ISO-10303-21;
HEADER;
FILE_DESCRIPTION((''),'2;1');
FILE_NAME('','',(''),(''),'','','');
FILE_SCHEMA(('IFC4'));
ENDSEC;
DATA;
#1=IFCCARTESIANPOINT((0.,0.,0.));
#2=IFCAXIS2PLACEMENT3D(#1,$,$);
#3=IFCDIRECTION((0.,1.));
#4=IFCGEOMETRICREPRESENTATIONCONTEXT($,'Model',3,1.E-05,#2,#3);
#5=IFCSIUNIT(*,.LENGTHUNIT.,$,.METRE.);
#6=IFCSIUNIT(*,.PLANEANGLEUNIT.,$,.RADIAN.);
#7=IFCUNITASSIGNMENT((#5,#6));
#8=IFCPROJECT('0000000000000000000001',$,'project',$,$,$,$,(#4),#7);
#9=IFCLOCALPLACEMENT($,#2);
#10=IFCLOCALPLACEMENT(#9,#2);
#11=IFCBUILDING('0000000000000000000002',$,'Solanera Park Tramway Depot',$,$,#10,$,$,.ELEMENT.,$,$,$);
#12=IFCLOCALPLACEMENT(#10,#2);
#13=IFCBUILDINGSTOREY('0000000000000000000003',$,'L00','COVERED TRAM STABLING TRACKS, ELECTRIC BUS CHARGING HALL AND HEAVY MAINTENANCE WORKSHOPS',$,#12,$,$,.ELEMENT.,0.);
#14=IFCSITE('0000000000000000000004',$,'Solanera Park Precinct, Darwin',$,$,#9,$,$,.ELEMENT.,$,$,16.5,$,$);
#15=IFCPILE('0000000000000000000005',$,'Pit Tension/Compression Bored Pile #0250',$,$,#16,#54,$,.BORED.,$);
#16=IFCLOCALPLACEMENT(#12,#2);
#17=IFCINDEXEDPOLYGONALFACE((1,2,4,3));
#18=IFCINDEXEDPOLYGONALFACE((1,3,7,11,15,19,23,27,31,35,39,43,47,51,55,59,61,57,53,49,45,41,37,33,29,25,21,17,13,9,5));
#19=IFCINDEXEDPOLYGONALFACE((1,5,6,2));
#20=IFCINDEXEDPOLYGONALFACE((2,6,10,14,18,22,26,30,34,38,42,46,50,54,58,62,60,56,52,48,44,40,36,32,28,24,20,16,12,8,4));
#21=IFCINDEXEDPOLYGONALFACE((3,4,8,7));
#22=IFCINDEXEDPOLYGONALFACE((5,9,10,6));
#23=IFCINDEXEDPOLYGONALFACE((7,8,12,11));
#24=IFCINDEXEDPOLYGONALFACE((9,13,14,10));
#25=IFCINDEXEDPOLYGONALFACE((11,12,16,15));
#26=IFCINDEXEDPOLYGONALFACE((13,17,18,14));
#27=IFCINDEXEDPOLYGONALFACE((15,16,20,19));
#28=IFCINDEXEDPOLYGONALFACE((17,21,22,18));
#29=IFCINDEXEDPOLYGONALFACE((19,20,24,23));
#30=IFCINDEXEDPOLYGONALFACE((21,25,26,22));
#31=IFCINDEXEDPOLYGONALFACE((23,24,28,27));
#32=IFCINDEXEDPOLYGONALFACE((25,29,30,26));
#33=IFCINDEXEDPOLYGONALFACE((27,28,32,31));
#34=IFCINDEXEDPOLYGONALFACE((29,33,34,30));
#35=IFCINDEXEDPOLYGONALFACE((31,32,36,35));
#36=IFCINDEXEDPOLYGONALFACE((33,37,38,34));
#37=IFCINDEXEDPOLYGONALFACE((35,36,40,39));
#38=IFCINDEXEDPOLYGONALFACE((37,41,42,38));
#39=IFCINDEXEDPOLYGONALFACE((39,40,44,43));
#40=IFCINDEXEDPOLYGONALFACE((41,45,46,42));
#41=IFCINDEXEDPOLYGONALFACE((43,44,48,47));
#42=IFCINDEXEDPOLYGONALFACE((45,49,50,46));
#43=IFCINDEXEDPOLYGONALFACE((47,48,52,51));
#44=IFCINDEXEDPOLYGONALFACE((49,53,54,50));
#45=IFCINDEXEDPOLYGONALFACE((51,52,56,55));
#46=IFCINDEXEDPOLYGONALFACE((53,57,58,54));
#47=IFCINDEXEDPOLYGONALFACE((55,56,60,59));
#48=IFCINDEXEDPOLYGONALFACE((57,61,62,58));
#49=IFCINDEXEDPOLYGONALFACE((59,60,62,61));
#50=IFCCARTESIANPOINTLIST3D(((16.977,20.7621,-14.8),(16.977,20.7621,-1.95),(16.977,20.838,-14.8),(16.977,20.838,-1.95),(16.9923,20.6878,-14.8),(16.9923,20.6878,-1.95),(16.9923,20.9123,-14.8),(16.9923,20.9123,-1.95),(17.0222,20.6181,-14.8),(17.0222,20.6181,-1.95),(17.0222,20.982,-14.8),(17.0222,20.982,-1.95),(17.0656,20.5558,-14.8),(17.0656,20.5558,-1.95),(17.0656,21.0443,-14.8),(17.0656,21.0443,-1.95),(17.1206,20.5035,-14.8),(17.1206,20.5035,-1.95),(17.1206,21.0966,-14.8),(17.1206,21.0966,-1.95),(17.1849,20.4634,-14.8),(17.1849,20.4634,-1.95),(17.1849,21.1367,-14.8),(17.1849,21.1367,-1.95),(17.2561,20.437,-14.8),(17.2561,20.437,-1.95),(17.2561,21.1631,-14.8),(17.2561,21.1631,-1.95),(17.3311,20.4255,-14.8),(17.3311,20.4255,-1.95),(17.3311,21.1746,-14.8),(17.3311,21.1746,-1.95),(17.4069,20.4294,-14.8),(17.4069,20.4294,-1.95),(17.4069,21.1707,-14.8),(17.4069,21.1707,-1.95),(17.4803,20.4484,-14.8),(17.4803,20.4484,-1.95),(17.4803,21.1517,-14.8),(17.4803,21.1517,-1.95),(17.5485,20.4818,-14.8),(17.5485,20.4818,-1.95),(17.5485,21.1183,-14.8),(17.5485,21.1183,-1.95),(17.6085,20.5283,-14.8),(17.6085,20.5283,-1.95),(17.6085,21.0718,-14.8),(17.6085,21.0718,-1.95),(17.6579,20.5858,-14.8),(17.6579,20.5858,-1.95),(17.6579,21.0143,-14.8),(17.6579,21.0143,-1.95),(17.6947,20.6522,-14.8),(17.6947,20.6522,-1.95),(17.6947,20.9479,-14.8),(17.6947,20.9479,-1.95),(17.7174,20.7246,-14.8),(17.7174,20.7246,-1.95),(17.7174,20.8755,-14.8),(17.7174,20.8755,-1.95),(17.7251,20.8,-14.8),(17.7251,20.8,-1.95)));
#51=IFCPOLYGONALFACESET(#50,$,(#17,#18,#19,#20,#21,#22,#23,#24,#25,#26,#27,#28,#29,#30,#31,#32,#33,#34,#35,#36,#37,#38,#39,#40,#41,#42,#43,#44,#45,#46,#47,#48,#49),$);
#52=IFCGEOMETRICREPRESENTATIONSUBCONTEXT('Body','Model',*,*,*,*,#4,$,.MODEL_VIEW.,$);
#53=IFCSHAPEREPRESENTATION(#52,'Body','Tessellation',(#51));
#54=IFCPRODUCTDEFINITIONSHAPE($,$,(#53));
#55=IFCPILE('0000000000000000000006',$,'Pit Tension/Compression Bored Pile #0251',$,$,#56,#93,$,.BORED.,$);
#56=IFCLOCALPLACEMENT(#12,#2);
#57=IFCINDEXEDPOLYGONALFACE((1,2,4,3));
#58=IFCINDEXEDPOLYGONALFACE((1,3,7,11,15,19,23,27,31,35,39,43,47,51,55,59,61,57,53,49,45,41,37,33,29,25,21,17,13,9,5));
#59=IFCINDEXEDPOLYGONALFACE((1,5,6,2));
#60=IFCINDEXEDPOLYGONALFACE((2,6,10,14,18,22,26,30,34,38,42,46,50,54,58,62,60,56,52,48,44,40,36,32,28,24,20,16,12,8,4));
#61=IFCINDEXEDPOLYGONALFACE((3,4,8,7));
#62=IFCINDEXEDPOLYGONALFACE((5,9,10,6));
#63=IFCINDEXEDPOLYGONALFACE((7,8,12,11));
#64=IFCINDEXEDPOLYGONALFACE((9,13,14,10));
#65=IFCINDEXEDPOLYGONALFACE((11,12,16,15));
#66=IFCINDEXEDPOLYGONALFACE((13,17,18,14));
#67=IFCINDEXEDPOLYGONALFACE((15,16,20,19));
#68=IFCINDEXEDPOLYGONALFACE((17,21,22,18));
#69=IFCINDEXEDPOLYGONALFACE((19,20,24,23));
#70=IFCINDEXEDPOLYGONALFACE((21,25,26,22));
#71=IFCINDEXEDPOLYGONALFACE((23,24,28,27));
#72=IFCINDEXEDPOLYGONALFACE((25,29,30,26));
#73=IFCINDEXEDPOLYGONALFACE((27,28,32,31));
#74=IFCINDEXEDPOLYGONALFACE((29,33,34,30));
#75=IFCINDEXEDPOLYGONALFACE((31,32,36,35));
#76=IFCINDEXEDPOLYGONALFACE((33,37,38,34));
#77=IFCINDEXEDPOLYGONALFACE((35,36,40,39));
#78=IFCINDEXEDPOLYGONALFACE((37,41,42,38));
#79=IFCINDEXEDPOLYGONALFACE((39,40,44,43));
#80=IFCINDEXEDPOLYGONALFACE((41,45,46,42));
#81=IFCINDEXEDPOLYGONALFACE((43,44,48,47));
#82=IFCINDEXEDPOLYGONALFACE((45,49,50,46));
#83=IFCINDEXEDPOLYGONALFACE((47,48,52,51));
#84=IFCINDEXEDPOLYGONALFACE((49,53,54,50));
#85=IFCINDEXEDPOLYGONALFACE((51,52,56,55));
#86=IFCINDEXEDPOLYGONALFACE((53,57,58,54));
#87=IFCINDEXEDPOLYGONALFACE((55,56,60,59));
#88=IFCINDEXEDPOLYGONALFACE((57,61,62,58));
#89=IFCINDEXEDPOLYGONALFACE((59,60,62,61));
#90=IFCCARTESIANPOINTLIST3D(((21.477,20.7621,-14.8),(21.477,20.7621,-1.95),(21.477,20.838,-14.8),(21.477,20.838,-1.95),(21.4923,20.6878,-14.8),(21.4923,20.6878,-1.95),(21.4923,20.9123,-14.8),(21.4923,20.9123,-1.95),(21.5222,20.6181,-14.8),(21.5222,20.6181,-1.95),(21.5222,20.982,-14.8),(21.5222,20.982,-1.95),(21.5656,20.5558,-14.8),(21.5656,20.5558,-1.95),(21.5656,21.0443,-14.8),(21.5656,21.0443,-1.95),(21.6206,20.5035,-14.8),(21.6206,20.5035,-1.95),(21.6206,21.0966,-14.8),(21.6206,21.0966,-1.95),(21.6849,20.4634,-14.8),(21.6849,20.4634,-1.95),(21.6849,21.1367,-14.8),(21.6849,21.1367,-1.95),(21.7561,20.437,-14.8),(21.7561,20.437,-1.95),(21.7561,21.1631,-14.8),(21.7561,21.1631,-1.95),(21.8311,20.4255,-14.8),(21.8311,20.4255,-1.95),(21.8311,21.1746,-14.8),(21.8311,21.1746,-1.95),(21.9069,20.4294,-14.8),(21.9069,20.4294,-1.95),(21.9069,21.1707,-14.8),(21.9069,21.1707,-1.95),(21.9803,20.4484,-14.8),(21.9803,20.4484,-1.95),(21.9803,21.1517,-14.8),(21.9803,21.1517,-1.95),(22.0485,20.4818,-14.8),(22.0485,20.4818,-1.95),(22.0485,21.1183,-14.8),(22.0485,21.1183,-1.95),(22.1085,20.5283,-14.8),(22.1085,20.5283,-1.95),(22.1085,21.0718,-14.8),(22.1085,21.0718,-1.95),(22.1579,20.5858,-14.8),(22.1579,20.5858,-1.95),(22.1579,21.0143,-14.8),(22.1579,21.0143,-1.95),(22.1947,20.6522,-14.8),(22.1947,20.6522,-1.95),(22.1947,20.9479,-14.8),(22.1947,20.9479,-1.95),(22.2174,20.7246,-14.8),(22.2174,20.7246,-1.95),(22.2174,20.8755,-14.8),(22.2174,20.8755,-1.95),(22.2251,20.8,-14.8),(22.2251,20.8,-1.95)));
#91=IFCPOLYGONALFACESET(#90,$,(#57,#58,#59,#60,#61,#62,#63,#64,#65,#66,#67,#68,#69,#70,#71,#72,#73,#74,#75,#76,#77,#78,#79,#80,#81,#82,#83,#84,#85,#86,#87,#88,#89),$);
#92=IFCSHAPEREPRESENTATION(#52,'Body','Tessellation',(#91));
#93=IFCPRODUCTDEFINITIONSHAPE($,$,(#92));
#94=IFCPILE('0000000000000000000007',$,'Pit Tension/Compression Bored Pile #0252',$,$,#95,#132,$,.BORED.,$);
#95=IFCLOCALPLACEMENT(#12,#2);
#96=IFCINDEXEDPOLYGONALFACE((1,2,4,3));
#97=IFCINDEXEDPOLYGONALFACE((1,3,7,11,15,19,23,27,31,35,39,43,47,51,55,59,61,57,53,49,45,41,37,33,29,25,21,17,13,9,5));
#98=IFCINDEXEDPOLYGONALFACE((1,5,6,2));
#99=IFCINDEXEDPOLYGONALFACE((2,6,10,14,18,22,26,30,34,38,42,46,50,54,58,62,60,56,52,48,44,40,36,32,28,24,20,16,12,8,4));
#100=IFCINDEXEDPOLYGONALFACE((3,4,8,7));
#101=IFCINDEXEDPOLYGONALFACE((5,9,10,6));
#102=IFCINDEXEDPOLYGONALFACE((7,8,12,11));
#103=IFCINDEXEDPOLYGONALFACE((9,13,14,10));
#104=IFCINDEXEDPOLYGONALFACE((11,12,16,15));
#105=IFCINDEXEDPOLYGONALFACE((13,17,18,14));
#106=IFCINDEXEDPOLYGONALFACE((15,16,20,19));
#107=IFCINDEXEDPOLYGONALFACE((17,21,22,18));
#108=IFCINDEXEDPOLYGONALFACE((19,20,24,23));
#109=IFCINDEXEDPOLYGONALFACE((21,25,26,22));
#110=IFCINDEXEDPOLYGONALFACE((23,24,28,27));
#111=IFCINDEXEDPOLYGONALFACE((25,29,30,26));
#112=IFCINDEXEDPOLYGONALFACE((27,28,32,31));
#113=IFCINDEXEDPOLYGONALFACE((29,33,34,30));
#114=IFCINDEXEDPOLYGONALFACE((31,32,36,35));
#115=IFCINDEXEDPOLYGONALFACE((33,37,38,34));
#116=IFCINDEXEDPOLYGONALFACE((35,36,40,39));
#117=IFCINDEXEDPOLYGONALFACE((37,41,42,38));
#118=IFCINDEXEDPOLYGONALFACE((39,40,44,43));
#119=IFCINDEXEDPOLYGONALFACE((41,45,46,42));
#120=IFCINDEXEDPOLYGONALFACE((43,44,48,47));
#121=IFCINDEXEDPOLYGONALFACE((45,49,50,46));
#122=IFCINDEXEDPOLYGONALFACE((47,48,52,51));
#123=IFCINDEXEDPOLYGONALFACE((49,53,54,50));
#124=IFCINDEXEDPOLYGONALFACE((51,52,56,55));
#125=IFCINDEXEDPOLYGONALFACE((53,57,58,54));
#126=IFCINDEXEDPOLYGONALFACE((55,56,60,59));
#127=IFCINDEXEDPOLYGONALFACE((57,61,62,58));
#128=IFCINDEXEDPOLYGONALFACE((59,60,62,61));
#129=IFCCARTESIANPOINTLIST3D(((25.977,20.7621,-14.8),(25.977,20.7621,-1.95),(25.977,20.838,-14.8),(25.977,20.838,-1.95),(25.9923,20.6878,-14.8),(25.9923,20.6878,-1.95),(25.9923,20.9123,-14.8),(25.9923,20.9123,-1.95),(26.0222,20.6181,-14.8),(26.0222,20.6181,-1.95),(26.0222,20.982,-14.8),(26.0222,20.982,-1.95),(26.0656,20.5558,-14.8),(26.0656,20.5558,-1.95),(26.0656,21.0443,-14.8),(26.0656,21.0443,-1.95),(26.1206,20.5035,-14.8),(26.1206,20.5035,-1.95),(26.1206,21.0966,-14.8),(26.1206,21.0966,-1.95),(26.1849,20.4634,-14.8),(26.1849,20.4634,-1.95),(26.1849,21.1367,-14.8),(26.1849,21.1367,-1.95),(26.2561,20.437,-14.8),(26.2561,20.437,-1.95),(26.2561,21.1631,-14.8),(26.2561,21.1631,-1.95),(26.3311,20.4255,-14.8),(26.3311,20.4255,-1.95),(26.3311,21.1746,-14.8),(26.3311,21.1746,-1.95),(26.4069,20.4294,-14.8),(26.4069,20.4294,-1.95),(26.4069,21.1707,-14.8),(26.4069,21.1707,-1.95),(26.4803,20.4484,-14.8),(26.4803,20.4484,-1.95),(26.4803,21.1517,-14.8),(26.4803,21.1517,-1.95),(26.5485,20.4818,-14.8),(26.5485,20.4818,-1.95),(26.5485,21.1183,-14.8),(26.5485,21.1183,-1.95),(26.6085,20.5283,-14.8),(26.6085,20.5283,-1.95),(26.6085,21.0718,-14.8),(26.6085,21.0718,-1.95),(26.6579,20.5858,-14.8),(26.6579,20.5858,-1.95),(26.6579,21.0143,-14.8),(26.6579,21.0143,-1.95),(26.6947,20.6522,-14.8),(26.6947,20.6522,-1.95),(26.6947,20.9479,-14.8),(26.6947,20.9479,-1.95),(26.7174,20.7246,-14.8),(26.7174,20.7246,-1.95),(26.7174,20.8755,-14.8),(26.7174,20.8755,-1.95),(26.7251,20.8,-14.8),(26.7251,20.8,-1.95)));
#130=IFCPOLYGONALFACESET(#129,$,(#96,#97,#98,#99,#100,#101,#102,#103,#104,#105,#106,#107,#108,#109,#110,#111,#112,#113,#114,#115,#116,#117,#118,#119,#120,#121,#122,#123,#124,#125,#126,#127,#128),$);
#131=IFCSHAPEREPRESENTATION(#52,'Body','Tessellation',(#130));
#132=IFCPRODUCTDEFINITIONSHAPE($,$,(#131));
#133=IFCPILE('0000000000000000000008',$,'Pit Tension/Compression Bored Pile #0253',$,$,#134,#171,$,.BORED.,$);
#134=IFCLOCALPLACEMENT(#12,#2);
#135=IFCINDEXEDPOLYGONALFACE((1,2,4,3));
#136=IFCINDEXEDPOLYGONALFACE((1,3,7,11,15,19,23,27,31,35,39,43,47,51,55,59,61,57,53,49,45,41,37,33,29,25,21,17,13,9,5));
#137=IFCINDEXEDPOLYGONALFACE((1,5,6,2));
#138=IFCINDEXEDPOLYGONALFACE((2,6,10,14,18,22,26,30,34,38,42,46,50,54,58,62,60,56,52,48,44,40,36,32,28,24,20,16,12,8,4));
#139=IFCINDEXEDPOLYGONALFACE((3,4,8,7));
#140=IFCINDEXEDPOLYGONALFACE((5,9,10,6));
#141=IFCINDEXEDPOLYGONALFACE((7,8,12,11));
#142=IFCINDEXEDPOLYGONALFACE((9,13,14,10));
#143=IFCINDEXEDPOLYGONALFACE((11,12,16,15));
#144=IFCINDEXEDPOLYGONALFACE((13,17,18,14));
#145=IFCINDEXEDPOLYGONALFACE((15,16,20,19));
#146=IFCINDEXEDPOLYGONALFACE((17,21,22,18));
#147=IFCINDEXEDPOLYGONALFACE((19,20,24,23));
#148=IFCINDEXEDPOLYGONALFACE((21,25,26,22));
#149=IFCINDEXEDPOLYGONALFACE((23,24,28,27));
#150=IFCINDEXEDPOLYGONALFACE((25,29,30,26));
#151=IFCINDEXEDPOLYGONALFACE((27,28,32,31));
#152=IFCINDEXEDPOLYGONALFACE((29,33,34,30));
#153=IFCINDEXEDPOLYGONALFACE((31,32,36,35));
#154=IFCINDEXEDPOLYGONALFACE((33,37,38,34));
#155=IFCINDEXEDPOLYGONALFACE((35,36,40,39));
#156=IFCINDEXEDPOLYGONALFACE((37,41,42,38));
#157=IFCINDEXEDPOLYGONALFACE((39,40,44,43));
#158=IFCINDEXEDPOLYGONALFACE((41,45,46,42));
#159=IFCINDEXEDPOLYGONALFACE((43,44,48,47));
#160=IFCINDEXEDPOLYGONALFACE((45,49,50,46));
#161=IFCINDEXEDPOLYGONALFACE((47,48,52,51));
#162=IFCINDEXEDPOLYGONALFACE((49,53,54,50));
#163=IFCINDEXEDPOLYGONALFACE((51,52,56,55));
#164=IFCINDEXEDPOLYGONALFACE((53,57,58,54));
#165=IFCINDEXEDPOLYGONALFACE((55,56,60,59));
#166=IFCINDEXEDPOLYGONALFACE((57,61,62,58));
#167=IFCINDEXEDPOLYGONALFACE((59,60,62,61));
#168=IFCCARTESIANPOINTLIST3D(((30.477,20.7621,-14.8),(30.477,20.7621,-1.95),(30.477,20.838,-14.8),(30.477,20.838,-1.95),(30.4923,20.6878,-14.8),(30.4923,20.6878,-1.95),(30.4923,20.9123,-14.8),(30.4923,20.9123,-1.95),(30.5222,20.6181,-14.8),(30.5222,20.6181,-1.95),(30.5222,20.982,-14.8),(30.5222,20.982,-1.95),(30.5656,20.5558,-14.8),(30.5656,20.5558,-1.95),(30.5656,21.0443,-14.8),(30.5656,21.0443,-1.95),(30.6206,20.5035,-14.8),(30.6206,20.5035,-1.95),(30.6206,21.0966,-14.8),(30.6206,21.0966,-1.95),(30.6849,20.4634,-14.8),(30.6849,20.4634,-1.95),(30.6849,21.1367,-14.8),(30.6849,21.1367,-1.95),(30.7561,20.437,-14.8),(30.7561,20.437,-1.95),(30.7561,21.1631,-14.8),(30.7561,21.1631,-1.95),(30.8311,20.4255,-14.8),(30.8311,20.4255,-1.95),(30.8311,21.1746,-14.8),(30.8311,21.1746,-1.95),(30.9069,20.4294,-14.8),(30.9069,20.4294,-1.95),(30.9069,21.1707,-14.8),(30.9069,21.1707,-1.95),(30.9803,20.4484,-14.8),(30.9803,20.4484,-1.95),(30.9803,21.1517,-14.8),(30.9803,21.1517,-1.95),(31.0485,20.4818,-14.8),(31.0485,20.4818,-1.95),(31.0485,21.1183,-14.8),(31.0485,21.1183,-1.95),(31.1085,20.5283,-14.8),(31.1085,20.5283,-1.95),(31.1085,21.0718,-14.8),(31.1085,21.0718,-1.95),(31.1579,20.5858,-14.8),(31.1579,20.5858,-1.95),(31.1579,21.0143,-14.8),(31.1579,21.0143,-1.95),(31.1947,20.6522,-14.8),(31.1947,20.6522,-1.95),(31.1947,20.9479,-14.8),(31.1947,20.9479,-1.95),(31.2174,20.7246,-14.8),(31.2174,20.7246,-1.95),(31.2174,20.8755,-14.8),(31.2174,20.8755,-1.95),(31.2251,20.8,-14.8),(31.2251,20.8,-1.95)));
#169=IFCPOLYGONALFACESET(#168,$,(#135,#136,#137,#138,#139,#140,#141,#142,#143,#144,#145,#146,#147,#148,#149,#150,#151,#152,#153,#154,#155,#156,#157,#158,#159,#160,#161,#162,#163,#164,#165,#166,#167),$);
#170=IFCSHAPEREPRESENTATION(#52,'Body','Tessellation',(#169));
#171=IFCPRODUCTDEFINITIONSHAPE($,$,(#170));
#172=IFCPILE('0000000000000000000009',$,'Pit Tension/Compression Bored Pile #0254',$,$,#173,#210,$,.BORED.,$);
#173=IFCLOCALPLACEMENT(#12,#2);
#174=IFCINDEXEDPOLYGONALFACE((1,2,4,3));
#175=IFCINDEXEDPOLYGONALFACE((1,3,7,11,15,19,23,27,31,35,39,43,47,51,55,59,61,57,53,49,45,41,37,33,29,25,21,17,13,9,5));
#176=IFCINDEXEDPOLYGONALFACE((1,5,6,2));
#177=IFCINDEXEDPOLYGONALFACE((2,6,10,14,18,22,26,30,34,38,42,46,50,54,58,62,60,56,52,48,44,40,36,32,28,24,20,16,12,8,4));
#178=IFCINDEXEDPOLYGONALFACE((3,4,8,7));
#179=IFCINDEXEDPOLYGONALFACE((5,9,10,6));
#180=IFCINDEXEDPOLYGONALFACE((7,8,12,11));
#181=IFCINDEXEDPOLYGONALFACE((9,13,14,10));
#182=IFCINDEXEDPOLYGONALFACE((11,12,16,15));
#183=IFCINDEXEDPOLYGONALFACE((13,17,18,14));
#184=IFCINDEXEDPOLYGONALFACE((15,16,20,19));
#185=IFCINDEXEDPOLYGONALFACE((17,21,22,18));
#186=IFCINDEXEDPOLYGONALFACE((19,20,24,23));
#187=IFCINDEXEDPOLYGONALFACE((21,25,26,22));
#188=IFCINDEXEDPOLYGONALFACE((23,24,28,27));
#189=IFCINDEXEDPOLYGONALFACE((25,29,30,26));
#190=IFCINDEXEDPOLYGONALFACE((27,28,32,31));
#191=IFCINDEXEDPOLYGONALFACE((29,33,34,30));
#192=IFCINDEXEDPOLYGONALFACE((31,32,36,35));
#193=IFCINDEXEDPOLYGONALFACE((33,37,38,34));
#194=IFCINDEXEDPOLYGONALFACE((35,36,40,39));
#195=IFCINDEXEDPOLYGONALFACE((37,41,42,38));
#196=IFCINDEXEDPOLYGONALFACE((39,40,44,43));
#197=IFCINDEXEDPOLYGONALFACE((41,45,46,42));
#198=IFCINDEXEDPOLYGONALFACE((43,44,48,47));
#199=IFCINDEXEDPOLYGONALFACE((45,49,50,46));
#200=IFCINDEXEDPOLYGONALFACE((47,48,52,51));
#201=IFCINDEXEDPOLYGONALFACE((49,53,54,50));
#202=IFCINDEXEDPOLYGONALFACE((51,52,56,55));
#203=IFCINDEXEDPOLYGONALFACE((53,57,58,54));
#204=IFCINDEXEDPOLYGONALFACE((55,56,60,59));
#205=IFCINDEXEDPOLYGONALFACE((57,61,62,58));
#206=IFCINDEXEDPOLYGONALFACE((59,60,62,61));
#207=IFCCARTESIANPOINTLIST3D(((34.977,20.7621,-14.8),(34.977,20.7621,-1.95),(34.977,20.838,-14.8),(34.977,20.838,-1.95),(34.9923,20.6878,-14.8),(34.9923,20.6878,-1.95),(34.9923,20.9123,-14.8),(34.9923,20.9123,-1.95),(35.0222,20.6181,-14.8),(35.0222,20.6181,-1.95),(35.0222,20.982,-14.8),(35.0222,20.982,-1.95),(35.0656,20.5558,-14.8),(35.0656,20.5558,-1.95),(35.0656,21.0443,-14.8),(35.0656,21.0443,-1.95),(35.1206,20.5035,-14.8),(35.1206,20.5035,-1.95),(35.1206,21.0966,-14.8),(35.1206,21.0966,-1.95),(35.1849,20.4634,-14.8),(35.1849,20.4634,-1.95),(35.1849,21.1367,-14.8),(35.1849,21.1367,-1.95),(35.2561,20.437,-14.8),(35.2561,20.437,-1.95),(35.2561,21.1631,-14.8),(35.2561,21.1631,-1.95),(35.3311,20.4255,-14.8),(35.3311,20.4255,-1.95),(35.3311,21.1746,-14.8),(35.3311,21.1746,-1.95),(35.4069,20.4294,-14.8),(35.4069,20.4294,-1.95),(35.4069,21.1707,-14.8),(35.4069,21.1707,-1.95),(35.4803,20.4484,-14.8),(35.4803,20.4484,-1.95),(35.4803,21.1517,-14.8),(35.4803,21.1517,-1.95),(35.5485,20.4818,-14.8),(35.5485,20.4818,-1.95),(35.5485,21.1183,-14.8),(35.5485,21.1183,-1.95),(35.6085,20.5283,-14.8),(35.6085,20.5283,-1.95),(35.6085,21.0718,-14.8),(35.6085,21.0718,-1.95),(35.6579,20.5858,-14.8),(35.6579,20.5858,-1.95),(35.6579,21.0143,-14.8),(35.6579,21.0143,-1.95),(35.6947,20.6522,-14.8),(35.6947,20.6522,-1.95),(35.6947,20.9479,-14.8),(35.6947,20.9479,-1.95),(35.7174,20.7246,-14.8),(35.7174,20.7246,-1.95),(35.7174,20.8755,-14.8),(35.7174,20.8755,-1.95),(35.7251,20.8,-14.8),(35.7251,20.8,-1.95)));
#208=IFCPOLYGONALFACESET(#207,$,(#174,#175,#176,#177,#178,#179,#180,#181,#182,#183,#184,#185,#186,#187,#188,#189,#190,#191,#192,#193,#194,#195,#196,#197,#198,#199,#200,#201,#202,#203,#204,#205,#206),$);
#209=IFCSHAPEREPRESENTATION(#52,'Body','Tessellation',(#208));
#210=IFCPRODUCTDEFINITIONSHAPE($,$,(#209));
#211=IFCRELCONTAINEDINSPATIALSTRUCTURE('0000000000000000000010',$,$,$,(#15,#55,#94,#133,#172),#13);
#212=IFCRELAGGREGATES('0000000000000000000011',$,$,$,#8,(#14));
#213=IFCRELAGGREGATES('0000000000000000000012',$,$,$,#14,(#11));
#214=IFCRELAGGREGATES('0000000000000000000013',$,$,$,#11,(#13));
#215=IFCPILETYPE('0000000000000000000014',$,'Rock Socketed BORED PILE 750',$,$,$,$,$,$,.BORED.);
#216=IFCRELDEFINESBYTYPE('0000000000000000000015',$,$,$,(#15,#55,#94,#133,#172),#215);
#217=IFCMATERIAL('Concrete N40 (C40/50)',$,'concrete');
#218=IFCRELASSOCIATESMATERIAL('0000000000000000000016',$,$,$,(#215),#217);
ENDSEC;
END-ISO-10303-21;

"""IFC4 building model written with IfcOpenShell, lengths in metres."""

from ifc_helpers import new_model, si_unit, direction, frame, origin, origin_2d, place, context, subcontext, project, spatial, circle, extrude, material, material_profile, profile_set, type_object, element, save


model = new_model("IFC4")

# Units and contexts
model_context = context("Model", 3, precision=1e-05, world=origin(), true_north=direction((0.0, 1.0)))
body_context = subcontext(model_context, "Body", "Model", "MODEL_VIEW")
ifc_project = project(units=[si_unit("LENGTHUNIT", "METRE"), si_unit("PLANEANGLEUNIT", "RADIAN")], contexts=[model_context])

# Site, building, storey
site_placement = place(None, origin())
site = spatial("IfcSite", under=ifc_project, at=site_placement, Name="Solanera Park Precinct, Darwin", CompositionType="ELEMENT", RefElevation=16.5)
building_placement = place(site_placement, origin())
building = spatial("IfcBuilding", under=site, at=building_placement, Name="Solanera Park Tramway Depot", CompositionType="ELEMENT")
storey_placement = place(building_placement, origin())
storey = spatial("IfcBuildingStorey", under=building, at=storey_placement, Name="L00", Description="COVERED TRAM STABLING TRACKS, ELECTRIC BUS CHARGING HALL AND HEAVY MAINTENANCE WORKSHOPS", CompositionType="ELEMENT", Elevation=0.0)

# Piles
ifc_material_1 = material(Name="Concrete N40 (C40/50)", Category="concrete")
ifc_material_profile_1 = material_profile(ifc_material_1, circle(Radius=0.375, at=origin_2d()), Name="BORED PILE 750")
ifc_profile_set_1 = profile_set([ifc_material_profile_1], Name="Concrete N40 (C40/50)")
pile_type_1 = type_object("IfcPileType", Name="Rock Socketed BORED PILE 750", PredefinedType="BORED", material=ifc_profile_set_1)
for number, where, z_axis, x_axis, name in (
    (1, (17.3501, 20.8, -1.95), (0.0, 0.0, -1.0), (1.0, 0.0, 0.0), "Pit Tension/Compression Bored Pile #0250"),
    (2, (21.8501, 20.8, -1.95), (0.0, 0.0, -1.0), (1.0, 0.0, 0.0), "Pit Tension/Compression Bored Pile #0251"),
    (3, (26.3501, 20.8, -1.95), (0.0, 0.0, -1.0), (1.0, 0.0, 0.0), "Pit Tension/Compression Bored Pile #0252"),
    (4, (30.8501, 20.8, -1.95), (0.0, 0.0, -1.0), (1.0, 0.0, 0.0), "Pit Tension/Compression Bored Pile #0253"),
    (5, (35.3501, 20.8, -1.95), (0.0, 0.0, -1.0), (1.0, 0.0, 0.0), "Pit Tension/Compression Bored Pile #0254"),
):
    element("IfcPile", number, at=place(storey_placement, frame(where, z_axis=z_axis, x_axis=x_axis)), inside=storey, type_object=pile_type_1, Name=name, PredefinedType="BORED", context=body_context, shape_type="SweptSolid", body=[
        extrude(circle(Radius=0.375, at=origin_2d()), origin(), (0.0, 0.0, 1.0), 12.8501),
    ])

save(model, "model.ifc")
